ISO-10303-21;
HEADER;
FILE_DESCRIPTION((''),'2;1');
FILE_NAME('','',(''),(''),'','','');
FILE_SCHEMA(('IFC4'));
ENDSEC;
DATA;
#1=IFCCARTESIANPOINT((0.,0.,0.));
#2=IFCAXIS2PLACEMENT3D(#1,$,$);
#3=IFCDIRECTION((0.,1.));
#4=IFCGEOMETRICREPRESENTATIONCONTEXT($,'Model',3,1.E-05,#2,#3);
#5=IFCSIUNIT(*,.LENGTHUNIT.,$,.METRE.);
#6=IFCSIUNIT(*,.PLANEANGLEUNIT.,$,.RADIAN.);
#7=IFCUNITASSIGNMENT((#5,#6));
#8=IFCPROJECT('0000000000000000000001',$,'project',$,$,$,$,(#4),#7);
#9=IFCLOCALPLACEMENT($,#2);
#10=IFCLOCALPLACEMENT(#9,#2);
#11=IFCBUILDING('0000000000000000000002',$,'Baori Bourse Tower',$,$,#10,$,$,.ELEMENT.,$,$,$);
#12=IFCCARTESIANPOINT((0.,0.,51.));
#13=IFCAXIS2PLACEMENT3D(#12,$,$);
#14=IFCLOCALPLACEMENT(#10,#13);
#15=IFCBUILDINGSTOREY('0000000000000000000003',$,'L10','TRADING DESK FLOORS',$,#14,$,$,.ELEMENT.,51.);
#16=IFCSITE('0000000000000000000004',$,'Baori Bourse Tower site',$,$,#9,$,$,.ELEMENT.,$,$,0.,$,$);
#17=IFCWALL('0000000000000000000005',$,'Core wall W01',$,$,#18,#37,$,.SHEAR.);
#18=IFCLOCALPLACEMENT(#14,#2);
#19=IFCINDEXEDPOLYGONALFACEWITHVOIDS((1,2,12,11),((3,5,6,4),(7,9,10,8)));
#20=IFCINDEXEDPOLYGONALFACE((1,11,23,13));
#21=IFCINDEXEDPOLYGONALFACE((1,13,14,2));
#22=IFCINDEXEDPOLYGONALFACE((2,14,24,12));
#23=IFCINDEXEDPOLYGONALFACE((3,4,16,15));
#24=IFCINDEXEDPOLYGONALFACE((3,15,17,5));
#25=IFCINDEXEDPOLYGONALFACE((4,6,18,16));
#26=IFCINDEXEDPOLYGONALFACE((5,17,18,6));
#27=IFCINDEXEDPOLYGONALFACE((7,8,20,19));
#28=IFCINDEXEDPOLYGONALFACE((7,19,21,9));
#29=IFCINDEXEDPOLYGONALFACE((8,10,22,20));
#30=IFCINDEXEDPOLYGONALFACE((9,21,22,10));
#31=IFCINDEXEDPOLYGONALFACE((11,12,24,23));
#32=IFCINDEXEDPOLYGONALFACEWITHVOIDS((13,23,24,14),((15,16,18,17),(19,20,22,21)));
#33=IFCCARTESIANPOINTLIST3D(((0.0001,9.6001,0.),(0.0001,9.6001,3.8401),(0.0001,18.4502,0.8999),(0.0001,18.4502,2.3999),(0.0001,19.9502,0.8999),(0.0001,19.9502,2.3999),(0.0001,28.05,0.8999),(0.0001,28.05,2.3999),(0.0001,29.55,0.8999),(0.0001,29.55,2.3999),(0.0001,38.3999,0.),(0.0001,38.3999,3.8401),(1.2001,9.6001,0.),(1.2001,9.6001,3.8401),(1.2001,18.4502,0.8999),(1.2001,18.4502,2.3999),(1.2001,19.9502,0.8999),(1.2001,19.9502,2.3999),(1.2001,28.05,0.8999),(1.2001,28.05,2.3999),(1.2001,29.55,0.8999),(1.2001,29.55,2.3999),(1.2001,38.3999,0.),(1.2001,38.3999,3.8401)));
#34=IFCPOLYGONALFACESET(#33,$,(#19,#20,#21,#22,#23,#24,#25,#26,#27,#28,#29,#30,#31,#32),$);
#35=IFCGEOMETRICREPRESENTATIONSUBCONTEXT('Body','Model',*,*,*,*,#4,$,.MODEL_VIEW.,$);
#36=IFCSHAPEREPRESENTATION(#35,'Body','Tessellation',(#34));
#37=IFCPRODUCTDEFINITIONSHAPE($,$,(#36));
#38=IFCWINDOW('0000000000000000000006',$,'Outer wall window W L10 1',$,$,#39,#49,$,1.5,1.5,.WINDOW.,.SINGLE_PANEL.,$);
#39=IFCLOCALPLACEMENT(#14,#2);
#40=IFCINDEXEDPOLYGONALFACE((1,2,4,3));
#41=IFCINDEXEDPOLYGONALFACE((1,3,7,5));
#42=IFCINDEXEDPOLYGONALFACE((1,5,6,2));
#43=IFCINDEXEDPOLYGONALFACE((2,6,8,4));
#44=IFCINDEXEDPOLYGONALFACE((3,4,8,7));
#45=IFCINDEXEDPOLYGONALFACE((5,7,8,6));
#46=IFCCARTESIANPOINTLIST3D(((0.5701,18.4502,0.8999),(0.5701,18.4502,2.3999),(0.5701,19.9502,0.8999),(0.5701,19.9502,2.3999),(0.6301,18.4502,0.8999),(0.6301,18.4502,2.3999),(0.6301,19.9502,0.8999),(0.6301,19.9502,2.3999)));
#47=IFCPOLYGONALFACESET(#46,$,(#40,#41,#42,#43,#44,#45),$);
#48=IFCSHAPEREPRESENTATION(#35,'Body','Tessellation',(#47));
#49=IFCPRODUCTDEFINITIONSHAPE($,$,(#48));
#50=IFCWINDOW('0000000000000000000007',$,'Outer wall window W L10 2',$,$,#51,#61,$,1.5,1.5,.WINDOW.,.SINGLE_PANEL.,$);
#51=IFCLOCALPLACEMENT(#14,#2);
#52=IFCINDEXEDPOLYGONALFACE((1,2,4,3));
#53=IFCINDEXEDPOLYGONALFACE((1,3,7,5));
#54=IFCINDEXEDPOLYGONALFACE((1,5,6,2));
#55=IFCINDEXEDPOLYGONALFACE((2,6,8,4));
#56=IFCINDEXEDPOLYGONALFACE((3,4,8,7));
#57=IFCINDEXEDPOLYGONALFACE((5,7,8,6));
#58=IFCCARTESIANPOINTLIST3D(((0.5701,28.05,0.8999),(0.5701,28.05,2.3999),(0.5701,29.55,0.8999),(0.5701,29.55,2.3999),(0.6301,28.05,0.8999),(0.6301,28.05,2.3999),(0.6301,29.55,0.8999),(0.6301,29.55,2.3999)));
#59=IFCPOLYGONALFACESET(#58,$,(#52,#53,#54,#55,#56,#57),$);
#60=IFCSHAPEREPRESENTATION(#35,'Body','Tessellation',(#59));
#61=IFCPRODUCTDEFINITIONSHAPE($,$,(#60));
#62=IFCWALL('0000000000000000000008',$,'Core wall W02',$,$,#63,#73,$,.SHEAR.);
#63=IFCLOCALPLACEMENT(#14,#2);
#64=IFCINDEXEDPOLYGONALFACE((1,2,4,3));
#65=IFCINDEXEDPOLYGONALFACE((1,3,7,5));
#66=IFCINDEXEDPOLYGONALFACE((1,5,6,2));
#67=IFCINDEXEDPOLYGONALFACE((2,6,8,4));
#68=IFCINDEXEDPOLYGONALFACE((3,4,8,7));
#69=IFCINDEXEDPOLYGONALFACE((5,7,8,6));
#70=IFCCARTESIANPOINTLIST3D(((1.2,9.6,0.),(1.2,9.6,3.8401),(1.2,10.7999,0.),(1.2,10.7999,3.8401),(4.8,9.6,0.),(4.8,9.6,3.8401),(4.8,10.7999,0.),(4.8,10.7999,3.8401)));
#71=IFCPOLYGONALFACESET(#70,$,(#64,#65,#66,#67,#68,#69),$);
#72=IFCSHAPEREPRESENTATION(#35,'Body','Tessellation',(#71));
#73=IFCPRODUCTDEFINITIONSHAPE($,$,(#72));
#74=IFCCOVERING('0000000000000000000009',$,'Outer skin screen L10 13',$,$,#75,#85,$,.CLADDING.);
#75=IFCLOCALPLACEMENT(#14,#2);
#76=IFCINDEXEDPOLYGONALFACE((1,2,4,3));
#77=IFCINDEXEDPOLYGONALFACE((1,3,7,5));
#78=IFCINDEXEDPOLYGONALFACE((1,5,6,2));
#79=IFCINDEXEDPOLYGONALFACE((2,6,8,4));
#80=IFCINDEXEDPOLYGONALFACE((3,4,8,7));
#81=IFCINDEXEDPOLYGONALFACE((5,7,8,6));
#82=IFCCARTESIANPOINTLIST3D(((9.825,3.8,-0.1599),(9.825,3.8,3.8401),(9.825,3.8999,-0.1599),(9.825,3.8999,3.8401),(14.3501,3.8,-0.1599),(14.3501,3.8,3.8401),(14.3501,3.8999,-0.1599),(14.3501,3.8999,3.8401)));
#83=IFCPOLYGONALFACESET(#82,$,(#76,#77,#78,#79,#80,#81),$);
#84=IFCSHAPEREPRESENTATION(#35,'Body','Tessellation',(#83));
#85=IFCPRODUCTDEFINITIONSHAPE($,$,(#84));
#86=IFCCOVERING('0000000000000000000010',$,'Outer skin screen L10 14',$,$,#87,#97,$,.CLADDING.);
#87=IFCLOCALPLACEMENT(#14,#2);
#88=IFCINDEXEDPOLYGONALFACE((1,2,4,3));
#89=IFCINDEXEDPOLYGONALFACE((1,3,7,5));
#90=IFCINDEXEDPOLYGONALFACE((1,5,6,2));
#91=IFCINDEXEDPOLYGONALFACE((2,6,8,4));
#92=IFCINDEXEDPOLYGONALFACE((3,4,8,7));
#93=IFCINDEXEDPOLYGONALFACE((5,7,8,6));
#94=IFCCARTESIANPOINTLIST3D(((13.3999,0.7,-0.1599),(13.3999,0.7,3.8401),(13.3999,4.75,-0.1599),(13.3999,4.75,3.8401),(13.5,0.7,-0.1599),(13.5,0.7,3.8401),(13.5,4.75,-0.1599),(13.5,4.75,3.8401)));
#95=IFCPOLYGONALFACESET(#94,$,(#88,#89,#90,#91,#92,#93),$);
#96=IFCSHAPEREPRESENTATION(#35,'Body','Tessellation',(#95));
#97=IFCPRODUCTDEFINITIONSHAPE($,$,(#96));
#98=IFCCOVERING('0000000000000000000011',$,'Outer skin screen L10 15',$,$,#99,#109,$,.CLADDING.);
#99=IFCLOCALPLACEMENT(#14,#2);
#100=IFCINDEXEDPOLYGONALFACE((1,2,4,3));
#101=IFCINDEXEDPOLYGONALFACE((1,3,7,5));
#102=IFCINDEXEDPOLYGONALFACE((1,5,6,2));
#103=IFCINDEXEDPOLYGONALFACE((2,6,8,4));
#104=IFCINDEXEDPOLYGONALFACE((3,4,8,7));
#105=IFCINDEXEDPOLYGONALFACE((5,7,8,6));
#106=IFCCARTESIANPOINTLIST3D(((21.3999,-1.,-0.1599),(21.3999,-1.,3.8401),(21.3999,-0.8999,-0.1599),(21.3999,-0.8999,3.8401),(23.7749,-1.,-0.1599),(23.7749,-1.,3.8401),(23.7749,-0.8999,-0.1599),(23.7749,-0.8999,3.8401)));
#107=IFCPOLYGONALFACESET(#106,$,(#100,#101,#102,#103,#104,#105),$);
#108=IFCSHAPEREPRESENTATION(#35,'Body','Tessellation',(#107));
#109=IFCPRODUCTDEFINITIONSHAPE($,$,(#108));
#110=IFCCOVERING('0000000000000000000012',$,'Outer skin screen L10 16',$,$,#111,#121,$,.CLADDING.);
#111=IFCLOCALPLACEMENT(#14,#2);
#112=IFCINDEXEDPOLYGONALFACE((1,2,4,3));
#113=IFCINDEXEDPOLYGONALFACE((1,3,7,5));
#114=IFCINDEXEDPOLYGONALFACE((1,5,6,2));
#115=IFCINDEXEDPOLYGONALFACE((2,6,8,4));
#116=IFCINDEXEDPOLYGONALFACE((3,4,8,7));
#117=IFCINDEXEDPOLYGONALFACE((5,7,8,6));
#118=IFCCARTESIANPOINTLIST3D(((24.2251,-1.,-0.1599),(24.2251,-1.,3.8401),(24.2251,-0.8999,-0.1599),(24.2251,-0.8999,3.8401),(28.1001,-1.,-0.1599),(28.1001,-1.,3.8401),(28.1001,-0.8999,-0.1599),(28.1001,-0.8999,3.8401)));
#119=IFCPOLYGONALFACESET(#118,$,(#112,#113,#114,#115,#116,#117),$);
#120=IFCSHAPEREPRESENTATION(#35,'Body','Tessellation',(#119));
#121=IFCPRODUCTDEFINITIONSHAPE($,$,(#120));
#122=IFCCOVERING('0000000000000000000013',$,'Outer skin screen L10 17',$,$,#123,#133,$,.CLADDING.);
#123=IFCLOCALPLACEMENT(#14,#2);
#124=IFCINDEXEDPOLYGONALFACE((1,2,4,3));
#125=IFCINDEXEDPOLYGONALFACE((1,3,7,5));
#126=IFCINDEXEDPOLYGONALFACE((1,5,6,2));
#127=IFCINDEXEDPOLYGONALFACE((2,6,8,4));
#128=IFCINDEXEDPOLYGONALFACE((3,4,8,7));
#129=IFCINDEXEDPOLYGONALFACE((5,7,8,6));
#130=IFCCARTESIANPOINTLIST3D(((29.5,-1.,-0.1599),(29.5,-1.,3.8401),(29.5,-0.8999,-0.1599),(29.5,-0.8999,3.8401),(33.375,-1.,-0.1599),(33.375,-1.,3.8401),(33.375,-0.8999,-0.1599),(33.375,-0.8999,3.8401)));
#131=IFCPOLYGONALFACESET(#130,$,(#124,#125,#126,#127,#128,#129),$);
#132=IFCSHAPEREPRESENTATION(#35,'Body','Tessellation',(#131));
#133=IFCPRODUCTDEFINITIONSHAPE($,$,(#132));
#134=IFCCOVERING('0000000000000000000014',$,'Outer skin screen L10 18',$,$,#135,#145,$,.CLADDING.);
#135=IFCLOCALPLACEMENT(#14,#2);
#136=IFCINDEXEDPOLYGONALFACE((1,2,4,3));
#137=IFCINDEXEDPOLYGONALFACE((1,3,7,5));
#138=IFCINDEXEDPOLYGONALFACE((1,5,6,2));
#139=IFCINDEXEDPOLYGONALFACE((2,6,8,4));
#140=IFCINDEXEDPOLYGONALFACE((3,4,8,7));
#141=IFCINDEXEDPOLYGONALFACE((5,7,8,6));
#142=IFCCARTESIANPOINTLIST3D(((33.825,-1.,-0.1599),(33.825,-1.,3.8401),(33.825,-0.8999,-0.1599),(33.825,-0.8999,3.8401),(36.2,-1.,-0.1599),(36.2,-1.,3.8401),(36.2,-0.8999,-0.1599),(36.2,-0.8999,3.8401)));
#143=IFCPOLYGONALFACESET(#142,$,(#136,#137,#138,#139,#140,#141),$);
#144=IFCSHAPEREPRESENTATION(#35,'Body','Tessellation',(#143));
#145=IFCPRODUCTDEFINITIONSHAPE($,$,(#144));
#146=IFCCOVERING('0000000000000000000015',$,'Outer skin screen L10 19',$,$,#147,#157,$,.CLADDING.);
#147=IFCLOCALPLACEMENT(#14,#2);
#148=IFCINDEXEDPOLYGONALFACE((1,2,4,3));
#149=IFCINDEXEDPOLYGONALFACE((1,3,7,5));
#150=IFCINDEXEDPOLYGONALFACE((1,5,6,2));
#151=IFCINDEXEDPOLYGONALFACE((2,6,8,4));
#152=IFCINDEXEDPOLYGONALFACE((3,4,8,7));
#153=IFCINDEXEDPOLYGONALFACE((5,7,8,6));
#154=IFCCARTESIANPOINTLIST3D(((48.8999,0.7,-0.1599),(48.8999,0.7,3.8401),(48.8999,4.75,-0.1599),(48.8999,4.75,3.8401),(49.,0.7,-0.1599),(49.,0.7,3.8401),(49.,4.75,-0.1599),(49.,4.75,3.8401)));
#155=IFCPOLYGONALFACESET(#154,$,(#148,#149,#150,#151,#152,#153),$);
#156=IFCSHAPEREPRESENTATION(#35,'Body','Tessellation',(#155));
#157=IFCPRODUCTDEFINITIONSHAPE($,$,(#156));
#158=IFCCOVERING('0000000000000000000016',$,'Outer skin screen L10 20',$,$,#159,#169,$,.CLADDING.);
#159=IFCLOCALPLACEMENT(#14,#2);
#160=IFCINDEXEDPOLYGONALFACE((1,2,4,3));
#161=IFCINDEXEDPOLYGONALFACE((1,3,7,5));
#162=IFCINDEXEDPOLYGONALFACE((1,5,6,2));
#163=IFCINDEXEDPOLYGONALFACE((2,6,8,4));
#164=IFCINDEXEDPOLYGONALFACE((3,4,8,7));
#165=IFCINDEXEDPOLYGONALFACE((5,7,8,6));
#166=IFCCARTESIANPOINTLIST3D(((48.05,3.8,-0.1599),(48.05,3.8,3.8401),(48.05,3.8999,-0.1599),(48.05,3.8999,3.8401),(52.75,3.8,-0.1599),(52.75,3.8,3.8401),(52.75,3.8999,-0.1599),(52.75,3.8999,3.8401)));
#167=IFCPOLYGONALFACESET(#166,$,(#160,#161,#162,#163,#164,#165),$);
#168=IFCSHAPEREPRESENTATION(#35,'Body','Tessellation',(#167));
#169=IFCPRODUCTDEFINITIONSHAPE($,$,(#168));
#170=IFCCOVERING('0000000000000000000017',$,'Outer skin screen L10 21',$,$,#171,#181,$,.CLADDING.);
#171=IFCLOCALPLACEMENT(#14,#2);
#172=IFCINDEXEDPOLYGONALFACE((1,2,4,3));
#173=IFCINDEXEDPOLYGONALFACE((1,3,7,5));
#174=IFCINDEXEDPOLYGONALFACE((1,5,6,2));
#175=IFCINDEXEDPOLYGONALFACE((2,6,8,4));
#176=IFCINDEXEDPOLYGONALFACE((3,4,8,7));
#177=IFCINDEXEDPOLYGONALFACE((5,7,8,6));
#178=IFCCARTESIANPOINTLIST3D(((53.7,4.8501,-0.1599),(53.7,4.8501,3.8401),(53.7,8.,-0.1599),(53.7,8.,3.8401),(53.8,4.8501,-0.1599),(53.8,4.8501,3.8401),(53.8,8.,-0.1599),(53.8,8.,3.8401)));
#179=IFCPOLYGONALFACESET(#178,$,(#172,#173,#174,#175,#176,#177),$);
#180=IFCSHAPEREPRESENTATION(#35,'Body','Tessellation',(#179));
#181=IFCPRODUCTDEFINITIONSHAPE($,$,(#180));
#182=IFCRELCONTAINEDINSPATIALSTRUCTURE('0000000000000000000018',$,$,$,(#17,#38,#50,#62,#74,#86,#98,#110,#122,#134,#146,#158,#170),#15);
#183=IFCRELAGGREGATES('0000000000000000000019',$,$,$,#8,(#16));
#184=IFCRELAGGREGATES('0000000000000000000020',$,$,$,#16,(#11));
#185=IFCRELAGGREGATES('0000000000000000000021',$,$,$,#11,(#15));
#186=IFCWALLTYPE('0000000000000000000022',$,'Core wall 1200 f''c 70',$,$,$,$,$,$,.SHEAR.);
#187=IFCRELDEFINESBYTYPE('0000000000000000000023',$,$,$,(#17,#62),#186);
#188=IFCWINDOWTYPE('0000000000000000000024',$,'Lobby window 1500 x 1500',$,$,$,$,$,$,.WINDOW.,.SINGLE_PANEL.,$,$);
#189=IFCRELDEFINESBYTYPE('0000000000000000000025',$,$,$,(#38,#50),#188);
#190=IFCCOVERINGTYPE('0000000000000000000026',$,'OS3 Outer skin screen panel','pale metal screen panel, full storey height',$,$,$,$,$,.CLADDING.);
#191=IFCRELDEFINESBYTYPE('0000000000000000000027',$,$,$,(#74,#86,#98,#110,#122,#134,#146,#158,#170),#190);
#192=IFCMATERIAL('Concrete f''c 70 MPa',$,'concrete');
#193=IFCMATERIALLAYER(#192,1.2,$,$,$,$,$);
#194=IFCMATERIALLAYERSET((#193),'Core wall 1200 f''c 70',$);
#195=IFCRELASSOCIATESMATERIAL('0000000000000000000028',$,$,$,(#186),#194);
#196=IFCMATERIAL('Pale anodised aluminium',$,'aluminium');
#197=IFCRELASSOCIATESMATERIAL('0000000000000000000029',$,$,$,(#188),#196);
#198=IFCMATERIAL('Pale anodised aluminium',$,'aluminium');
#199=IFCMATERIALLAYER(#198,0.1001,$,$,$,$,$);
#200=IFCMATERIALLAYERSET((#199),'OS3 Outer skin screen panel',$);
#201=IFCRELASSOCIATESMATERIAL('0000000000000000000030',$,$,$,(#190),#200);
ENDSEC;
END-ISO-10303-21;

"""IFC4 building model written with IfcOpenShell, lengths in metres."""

from ifc_helpers import new_model, si_unit, direction, frame, frame_2d, origin, place, context, subcontext, project, spatial, polyline, rectangle, outline, extrude, material, layer, layer_set, type_object, element, fill, save


model = new_model("IFC4")

# Units and contexts
model_context = context("Model", 3, precision=1e-05, world=origin(), true_north=direction((0.0, 1.0)))
body_context = subcontext(model_context, "Body", "Model", "MODEL_VIEW")
ifc_project = project(units=[si_unit("LENGTHUNIT", "METRE"), si_unit("PLANEANGLEUNIT", "RADIAN")], contexts=[model_context])

# Site, building, storey
site_placement = place(None, origin())
site = spatial("IfcSite", under=ifc_project, at=site_placement, Name="Baori Bourse Tower site", CompositionType="ELEMENT", RefElevation=0.0)
building_placement = place(site_placement, origin())
building = spatial("IfcBuilding", under=site, at=building_placement, Name="Baori Bourse Tower", CompositionType="ELEMENT")
storey_placement = place(building_placement, frame((0.0, 0.0, 51.0)))
storey = spatial("IfcBuildingStorey", under=building, at=storey_placement, Name="L10", Description="TRADING DESK FLOORS", CompositionType="ELEMENT", Elevation=51.0)

# Wall, openings, windows
ifc_material_1 = material(Name="Concrete f'c 70 MPa", Category="concrete")
ifc_layer_1 = layer(ifc_material_1, 1.2)
ifc_layer_set_1 = layer_set([ifc_layer_1], Name="Core wall 1200 f'c 70")
wall_type_1 = type_object("IfcWallType", Name="Core wall 1200 f'c 70", PredefinedType="SHEAR", material=ifc_layer_set_1)
wall_1_placement = place(storey_placement, frame((0.6001, 9.6001, 0.0), z_axis=(0.0, 0.0, 1.0), x_axis=(0.0, 1.0, 0.0)))
wall_1 = element("IfcWall", 1, at=wall_1_placement, inside=storey, type_object=wall_type_1, Name="Core wall W01", PredefinedType="SHEAR", context=body_context, shape_type="SweptSolid", body=[
    extrude(rectangle(XDim=28.7998, YDim=1.2, at=frame_2d((14.3999, 0.0))), origin(), (0.0, 0.0, 1.0), 3.8401),
])
opening_1_placement = place(wall_1_placement, frame((8.8501, 0.0, 0.8999)))
opening_1 = element("IfcOpeningElement", 2, at=opening_1_placement, cuts=wall_1, PredefinedType="OPENING", context=body_context, shape_type="SweptSolid", body=[
    extrude(rectangle(XDim=1.5, YDim=1.5, at=frame_2d((0.75, 0.75))), frame((0.0, 0.6099, 0.0), z_axis=(0.0, -1.0, 0.0), x_axis=(1.0, 0.0, 0.0)), (0.0, 0.0, 1.0), 1.22),
])
opening_2_placement = place(wall_1_placement, frame((18.45, 0.0, 0.8999)))
opening_2 = element("IfcOpeningElement", 3, at=opening_2_placement, cuts=wall_1, PredefinedType="OPENING", context=body_context, shape_type="SweptSolid", body=[
    extrude(rectangle(XDim=1.5, YDim=1.5, at=frame_2d((0.75, 0.75))), frame((0.0, 0.6099, 0.0), z_axis=(0.0, -1.0, 0.0), x_axis=(1.0, 0.0, 0.0)), (0.0, 0.0, 1.0), 1.22),
])
ifc_material_2 = material(Name="Pale anodised aluminium", Category="aluminium")
window_type = type_object("IfcWindowType", Name="Lobby window 1500 x 1500", PartitioningType="SINGLE_PANEL", PredefinedType="WINDOW", material=ifc_material_2)
window_1_placement = place(opening_1_placement, origin())
window_1 = element("IfcWindow", 4, at=window_1_placement, inside=storey, type_object=window_type, Name="Outer wall window W L10 1", OverallHeight=1.5, OverallWidth=1.5, PartitioningType="SINGLE_PANEL", PredefinedType="WINDOW", context=body_context, shape_type="SweptSolid", body=[
    extrude(rectangle(XDim=1.5, YDim=1.5, at=frame_2d((0.75, 0.75))), frame((0.0, 0.03, 0.0), z_axis=(0.0, -1.0, 0.0), x_axis=(1.0, 0.0, 0.0)), (0.0, 0.0, 1.0), 0.0601),
])
fill(opening_1, window_1)
window_2_placement = place(opening_2_placement, origin())
window_2 = element("IfcWindow", 5, at=window_2_placement, inside=storey, type_object=window_type, Name="Outer wall window W L10 2", OverallHeight=1.5, OverallWidth=1.5, PartitioningType="SINGLE_PANEL", PredefinedType="WINDOW", context=body_context, shape_type="SweptSolid", body=[
    extrude(rectangle(XDim=1.5, YDim=1.5, at=frame_2d((0.75, 0.75))), frame((0.0, 0.03, 0.0), z_axis=(0.0, -1.0, 0.0), x_axis=(1.0, 0.0, 0.0)), (0.0, 0.0, 1.0), 0.0601),
])
fill(opening_2, window_2)

# Wall
wall_2_placement = place(storey_placement, frame((4.8, 10.2, 0.0), z_axis=(0.0, 0.0, 1.0), x_axis=(-1.0, 0.0, 0.0)))
element("IfcWall", 6, at=wall_2_placement, inside=storey, type_object=wall_type_1, Name="Core wall W02", PredefinedType="SHEAR", context=body_context, shape_type="SweptSolid", body=[
    extrude(rectangle(XDim=3.6001, YDim=1.2, at=frame_2d((1.8, 0.0))), origin(), (0.0, 0.0, 1.0), 3.8401),
])

# Coverings
ifc_material_3 = material(Name="Pale anodised aluminium", Category="aluminium")
ifc_layer_2 = layer(ifc_material_3, 0.1001)
ifc_layer_set_2 = layer_set([ifc_layer_2], Name="OS3 Outer skin screen panel")
covering_type = type_object("IfcCoveringType", Name="OS3 Outer skin screen panel", Description="pale metal screen panel, full storey height", PredefinedType="CLADDING", material=ifc_layer_set_2)
covering_1_placement = place(storey_placement, frame((0.0, 0.0, -0.1599)))
element("IfcCovering", 7, at=covering_1_placement, inside=storey, type_object=covering_type, Name="Outer skin screen L10 13", PredefinedType="CLADDING", context=body_context, shape_type="SweptSolid", body=[
    extrude(outline(polyline([(14.3501, 3.8999), (9.825, 3.8999), (9.825, 3.8), (14.3501, 3.8), (14.3501, 3.8999)])), origin(), (0.0, 0.0, 1.0), 4.0),
])
covering_2_placement = place(storey_placement, frame((0.0, 0.0, -0.1599)))
element("IfcCovering", 8, at=covering_2_placement, inside=storey, type_object=covering_type, Name="Outer skin screen L10 14", PredefinedType="CLADDING", context=body_context, shape_type="SweptSolid", body=[
    extrude(outline(polyline([(13.5, 0.7), (13.5, 4.75), (13.3999, 4.75), (13.3999, 0.7), (13.5, 0.7)])), origin(), (0.0, 0.0, 1.0), 4.0),
])
covering_3_placement = place(storey_placement, frame((0.0, 0.0, -0.1599)))
element("IfcCovering", 9, at=covering_3_placement, inside=storey, type_object=covering_type, Name="Outer skin screen L10 15", PredefinedType="CLADDING", context=body_context, shape_type="SweptSolid", body=[
    extrude(outline(polyline([(23.7749, -0.8999), (21.3999, -0.8999), (21.3999, -1.0), (23.7749, -1.0), (23.7749, -0.8999)])), origin(), (0.0, 0.0, 1.0), 4.0),
])
covering_4_placement = place(storey_placement, frame((0.0, 0.0, -0.1599)))
element("IfcCovering", 10, at=covering_4_placement, inside=storey, type_object=covering_type, Name="Outer skin screen L10 16", PredefinedType="CLADDING", context=body_context, shape_type="SweptSolid", body=[
    extrude(outline(polyline([(28.1001, -0.8999), (24.2251, -0.8999), (24.2251, -1.0), (28.1001, -1.0), (28.1001, -0.8999)])), origin(), (0.0, 0.0, 1.0), 4.0),
])
covering_5_placement = place(storey_placement, frame((0.0, 0.0, -0.1599)))
element("IfcCovering", 11, at=covering_5_placement, inside=storey, type_object=covering_type, Name="Outer skin screen L10 17", PredefinedType="CLADDING", context=body_context, shape_type="SweptSolid", body=[
    extrude(outline(polyline([(33.375, -0.8999), (29.5, -0.8999), (29.5, -1.0), (33.375, -1.0), (33.375, -0.8999)])), origin(), (0.0, 0.0, 1.0), 4.0),
])
covering_6_placement = place(storey_placement, frame((0.0, 0.0, -0.1599)))
element("IfcCovering", 12, at=covering_6_placement, inside=storey, type_object=covering_type, Name="Outer skin screen L10 18", PredefinedType="CLADDING", context=body_context, shape_type="SweptSolid", body=[
    extrude(outline(polyline([(36.2, -0.8999), (33.825, -0.8999), (33.825, -1.0), (36.2, -1.0), (36.2, -0.8999)])), origin(), (0.0, 0.0, 1.0), 4.0),
])
covering_7_placement = place(storey_placement, frame((0.0, 0.0, -0.1599)))
element("IfcCovering", 13, at=covering_7_placement, inside=storey, type_object=covering_type, Name="Outer skin screen L10 19", PredefinedType="CLADDING", context=body_context, shape_type="SweptSolid", body=[
    extrude(outline(polyline([(48.8999, 4.75), (48.8999, 0.7), (49.0, 0.7), (49.0, 4.75), (48.8999, 4.75)])), origin(), (0.0, 0.0, 1.0), 4.0),
])
covering_8_placement = place(storey_placement, frame((0.0, 0.0, -0.1599)))
element("IfcCovering", 14, at=covering_8_placement, inside=storey, type_object=covering_type, Name="Outer skin screen L10 20", PredefinedType="CLADDING", context=body_context, shape_type="SweptSolid", body=[
    extrude(outline(polyline([(52.75, 3.8999), (48.05, 3.8999), (48.05, 3.8), (52.75, 3.8), (52.75, 3.8999)])), origin(), (0.0, 0.0, 1.0), 4.0),
])
covering_9_placement = place(storey_placement, frame((0.0, 0.0, -0.1599)))
element("IfcCovering", 15, at=covering_9_placement, inside=storey, type_object=covering_type, Name="Outer skin screen L10 21", PredefinedType="CLADDING", context=body_context, shape_type="SweptSolid", body=[
    extrude(outline(polyline([(53.7, 8.0), (53.7, 4.8501), (53.8, 4.8501), (53.8, 8.0), (53.7, 8.0)])), origin(), (0.0, 0.0, 1.0), 4.0),
])

save(model, "model.ifc")
